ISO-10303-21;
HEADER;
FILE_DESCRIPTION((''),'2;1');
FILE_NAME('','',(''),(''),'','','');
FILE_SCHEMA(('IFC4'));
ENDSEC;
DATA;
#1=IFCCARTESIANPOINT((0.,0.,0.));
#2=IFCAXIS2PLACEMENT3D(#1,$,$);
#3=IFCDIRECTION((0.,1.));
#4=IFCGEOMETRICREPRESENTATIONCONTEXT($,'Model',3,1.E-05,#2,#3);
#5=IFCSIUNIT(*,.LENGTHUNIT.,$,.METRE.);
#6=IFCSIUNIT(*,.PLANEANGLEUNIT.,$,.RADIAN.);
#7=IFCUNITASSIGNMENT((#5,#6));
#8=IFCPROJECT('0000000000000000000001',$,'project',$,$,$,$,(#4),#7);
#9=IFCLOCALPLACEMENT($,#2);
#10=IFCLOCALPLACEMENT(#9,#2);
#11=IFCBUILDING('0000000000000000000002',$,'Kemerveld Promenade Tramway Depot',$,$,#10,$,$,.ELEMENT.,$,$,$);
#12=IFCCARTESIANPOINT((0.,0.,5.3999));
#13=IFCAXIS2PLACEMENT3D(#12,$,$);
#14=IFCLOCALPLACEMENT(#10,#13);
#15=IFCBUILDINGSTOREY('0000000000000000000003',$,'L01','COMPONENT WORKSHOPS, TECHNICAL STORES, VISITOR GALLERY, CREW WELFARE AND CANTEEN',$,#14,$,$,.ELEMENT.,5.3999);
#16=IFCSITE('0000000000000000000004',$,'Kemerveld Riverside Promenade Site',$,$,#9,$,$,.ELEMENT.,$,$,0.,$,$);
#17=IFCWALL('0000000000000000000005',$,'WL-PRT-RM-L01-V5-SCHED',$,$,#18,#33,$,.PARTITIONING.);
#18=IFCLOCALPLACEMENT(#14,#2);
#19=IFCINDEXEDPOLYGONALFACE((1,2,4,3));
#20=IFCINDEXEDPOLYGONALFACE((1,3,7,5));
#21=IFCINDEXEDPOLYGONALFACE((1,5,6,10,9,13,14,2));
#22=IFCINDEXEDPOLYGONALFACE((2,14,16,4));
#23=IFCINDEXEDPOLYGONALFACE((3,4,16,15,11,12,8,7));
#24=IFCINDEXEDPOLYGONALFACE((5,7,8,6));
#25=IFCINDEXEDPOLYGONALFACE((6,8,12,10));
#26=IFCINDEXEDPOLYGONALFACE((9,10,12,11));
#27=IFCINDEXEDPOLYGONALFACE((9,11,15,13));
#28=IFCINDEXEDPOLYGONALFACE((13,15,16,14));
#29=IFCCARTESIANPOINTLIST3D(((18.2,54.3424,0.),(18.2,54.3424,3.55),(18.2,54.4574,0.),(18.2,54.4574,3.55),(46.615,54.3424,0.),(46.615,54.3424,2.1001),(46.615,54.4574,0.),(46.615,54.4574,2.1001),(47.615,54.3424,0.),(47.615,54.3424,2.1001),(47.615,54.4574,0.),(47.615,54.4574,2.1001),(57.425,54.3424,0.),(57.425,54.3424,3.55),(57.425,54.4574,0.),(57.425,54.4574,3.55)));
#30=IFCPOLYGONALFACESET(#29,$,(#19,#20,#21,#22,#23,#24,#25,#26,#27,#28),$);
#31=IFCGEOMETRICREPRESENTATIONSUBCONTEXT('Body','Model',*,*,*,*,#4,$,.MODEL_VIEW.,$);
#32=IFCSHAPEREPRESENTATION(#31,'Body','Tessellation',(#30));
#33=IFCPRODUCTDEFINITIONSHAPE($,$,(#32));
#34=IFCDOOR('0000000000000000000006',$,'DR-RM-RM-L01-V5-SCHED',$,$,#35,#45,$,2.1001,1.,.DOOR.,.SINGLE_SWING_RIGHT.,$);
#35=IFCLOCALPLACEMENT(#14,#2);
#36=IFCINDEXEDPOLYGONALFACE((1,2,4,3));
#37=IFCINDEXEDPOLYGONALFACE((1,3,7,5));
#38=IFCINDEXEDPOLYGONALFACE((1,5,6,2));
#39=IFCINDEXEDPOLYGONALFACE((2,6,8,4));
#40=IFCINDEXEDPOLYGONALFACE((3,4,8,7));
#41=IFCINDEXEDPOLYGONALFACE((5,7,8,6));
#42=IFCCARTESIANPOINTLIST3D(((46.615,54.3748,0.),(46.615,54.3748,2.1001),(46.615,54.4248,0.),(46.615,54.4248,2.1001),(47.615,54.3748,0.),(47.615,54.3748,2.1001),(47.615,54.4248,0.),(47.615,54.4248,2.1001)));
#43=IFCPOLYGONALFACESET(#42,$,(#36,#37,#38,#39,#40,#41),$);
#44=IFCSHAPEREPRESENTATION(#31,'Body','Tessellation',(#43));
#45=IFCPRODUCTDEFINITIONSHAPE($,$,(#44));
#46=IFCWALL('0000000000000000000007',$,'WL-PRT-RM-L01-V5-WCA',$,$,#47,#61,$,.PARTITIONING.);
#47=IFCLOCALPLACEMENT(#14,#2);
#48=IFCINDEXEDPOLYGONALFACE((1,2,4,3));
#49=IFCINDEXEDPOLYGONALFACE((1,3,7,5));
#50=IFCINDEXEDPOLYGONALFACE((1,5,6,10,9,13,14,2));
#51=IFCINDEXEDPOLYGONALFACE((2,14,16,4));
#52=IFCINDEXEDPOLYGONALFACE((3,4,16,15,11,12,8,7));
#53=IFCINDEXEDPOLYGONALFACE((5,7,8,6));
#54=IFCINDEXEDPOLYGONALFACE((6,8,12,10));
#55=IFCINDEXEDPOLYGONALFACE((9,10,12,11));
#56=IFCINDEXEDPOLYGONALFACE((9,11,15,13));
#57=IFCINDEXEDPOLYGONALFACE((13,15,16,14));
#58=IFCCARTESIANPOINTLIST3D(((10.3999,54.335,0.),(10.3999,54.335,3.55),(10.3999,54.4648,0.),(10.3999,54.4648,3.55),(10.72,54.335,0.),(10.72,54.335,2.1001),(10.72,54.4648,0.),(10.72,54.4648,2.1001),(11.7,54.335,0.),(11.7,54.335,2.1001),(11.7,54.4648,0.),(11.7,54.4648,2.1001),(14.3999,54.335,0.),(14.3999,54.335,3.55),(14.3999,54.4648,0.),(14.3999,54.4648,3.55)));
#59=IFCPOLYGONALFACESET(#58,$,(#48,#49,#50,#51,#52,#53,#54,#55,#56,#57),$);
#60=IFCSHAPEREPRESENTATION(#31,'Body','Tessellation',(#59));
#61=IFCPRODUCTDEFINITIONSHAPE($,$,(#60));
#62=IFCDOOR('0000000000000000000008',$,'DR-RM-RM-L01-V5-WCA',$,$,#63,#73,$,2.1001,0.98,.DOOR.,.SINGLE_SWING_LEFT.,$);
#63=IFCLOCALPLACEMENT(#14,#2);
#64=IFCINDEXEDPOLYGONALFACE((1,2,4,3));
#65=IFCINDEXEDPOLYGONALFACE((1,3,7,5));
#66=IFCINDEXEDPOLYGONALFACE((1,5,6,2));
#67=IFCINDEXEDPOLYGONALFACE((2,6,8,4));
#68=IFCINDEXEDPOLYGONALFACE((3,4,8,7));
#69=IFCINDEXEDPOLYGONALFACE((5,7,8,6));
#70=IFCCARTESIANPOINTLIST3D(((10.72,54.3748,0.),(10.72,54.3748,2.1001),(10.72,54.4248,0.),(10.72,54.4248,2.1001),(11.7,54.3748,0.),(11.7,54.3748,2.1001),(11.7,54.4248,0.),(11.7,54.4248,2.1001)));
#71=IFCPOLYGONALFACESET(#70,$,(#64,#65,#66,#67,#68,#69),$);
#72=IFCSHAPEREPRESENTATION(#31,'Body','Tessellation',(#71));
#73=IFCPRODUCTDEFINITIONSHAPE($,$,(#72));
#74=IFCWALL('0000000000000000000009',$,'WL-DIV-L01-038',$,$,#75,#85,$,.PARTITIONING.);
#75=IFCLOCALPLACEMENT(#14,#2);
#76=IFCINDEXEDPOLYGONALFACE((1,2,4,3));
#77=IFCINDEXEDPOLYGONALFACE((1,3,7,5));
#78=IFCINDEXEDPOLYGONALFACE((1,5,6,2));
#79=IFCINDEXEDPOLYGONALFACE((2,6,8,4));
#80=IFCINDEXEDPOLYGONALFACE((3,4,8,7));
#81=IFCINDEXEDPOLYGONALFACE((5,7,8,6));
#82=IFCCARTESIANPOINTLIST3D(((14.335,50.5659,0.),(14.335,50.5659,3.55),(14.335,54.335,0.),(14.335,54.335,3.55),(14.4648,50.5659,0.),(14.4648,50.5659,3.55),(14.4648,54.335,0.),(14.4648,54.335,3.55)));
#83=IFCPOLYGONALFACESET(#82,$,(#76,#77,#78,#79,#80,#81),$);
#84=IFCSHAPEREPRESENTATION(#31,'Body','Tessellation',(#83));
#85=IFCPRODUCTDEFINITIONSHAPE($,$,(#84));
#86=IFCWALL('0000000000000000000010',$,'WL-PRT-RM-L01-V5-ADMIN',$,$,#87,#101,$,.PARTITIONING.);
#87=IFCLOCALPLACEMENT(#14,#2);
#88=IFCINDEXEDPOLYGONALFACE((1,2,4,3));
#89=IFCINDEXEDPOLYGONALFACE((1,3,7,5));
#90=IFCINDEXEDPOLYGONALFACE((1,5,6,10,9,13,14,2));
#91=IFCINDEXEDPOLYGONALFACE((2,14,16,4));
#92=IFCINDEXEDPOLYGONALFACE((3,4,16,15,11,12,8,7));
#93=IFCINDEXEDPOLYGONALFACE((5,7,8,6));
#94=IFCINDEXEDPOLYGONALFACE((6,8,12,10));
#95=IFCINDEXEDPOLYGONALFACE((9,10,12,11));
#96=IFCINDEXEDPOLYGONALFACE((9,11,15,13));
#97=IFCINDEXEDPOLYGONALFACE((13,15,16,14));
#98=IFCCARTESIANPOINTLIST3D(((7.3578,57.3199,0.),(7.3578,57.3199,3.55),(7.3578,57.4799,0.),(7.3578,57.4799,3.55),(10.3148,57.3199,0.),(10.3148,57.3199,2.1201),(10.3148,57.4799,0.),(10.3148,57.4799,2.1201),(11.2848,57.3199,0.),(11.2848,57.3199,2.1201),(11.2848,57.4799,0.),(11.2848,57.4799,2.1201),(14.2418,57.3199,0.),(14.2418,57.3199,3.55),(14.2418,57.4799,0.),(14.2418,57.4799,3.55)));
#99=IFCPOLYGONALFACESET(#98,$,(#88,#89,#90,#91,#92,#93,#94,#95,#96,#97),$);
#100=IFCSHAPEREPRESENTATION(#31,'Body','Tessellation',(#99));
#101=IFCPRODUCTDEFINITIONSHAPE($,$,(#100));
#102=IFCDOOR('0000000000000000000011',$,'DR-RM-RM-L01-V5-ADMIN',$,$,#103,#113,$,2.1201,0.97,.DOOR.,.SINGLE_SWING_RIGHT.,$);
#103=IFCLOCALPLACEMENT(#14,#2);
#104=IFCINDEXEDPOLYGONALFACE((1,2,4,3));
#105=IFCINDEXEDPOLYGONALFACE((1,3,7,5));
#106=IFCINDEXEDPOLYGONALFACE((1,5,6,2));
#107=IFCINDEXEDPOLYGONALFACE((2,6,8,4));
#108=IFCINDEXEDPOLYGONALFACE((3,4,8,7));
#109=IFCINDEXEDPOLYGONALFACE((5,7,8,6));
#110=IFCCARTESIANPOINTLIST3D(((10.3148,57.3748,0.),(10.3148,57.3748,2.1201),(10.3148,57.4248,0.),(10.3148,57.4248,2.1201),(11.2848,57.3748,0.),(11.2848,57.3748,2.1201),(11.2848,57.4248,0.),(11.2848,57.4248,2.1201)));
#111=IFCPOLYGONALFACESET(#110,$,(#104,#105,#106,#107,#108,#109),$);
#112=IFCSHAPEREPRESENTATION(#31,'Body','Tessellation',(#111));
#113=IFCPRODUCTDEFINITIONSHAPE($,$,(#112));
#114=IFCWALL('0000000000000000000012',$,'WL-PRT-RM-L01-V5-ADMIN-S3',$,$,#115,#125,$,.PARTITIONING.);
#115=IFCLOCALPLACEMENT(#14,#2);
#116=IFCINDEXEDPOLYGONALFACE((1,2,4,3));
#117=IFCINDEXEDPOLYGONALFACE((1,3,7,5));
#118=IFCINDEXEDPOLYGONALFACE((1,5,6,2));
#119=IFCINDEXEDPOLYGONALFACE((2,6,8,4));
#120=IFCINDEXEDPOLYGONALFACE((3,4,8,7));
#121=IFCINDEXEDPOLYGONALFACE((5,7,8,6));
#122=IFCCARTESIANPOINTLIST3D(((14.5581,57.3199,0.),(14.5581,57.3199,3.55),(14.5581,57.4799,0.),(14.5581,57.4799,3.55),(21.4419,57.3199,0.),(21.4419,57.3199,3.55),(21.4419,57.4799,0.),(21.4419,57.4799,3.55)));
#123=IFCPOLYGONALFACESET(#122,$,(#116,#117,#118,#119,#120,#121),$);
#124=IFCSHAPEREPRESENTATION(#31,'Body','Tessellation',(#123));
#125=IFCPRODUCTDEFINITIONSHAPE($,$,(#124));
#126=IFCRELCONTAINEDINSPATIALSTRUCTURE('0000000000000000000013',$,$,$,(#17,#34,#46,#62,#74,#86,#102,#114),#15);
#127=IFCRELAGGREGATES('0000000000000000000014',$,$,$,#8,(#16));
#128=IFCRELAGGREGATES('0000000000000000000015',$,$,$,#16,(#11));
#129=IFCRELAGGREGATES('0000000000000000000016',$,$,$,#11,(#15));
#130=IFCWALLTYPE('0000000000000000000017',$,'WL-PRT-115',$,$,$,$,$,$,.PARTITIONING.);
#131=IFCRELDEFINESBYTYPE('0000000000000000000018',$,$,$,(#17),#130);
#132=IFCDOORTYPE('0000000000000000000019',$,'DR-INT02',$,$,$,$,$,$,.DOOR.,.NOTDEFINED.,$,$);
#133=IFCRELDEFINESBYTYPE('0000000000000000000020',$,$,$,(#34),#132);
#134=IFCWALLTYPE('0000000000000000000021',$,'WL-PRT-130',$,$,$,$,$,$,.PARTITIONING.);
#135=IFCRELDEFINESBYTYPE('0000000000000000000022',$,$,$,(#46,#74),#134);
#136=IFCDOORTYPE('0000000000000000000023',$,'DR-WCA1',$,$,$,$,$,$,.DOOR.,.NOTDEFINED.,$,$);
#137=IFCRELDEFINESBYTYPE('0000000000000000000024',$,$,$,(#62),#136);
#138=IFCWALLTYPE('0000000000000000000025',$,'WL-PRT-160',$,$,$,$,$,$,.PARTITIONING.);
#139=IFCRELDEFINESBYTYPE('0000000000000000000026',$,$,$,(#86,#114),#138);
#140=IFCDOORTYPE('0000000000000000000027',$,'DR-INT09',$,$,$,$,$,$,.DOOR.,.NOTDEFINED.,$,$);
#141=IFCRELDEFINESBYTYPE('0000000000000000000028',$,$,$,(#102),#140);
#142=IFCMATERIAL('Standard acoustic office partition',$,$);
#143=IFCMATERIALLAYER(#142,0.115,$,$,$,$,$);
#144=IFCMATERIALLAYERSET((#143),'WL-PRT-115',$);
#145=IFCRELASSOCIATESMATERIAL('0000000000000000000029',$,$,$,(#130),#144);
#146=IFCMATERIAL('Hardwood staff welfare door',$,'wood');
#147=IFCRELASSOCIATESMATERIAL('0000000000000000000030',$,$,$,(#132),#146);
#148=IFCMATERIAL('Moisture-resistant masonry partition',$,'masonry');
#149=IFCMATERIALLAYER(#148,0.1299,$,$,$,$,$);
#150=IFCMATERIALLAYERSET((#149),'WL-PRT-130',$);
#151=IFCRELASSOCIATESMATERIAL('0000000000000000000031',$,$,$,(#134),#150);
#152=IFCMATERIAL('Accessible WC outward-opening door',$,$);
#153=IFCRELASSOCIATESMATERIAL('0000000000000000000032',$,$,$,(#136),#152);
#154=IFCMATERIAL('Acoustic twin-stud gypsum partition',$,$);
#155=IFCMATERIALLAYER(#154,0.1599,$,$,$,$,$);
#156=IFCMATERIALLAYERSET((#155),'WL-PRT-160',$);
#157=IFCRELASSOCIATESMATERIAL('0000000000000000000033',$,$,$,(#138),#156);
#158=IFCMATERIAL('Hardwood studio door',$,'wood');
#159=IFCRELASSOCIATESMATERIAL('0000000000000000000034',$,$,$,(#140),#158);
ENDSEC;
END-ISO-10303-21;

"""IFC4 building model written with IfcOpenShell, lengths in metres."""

from ifc_helpers import new_model, si_unit, direction, frame, frame_2d, origin, place, context, subcontext, project, spatial, rectangle, extrude, material, layer, layer_set, type_object, element, fill, save


model = new_model("IFC4")

# Units and contexts
model_context = context("Model", 3, precision=1e-05, world=origin(), true_north=direction((0.0, 1.0)))
body_context = subcontext(model_context, "Body", "Model", "MODEL_VIEW")
ifc_project = project(units=[si_unit("LENGTHUNIT", "METRE"), si_unit("PLANEANGLEUNIT", "RADIAN")], contexts=[model_context])

# Site, building, storey
site_placement = place(None, origin())
site = spatial("IfcSite", under=ifc_project, at=site_placement, Name="Kemerveld Riverside Promenade Site", CompositionType="ELEMENT", RefElevation=0.0)
building_placement = place(site_placement, origin())
building = spatial("IfcBuilding", under=site, at=building_placement, Name="Kemerveld Promenade Tramway Depot", CompositionType="ELEMENT")
storey_placement = place(building_placement, frame((0.0, 0.0, 5.3999)))
storey = spatial("IfcBuildingStorey", under=building, at=storey_placement, Name="L01", Description="COMPONENT WORKSHOPS, TECHNICAL STORES, VISITOR GALLERY, CREW WELFARE AND CANTEEN", CompositionType="ELEMENT", Elevation=5.3999)

# Walls, openings, doors
ifc_material_1 = material(Name="Standard acoustic office partition")
ifc_layer_1 = layer(ifc_material_1, 0.115)
ifc_layer_set_1 = layer_set([ifc_layer_1], Name="WL-PRT-115")
wall_type_1 = type_object("IfcWallType", Name="WL-PRT-115", PredefinedType="PARTITIONING", material=ifc_layer_set_1)
wall_1_placement = place(storey_placement, frame((18.2, 54.3999, 0.0), z_axis=(0.0, 0.0, 1.0), x_axis=(1.0, 0.0, 0.0)))
wall_1 = element("IfcWall", 1, at=wall_1_placement, inside=storey, type_object=wall_type_1, Name="WL-PRT-RM-L01-V5-SCHED", PredefinedType="PARTITIONING", context=body_context, shape_type="SweptSolid", body=[
    extrude(rectangle(XDim=39.2251, YDim=0.115, at=frame_2d((19.6125, 0.0))), origin(), (0.0, 0.0, 1.0), 3.55),
])
opening_1_placement = place(wall_1_placement, frame((28.415, 0.0, 0.0)))
opening_1 = element("IfcOpeningElement", 2, at=opening_1_placement, cuts=wall_1, PredefinedType="OPENING", context=body_context, shape_type="SweptSolid", body=[
    extrude(rectangle(XDim=1.0, YDim=2.1001, at=frame_2d((0.5, 1.05))), frame((0.0, 0.0674, 0.0), z_axis=(0.0, -1.0, 0.0), x_axis=(1.0, 0.0, 0.0)), (0.0, 0.0, 1.0), 0.135),
])
ifc_material_2 = material(Name="Hardwood staff welfare door", Category="wood")
door_type_1 = type_object("IfcDoorType", Name="DR-INT02", OperationType="NOTDEFINED", PredefinedType="DOOR", material=ifc_material_2)
door_1_placement = place(opening_1_placement, origin())
door_1 = element("IfcDoor", 3, at=door_1_placement, inside=storey, type_object=door_type_1, Name="DR-RM-RM-L01-V5-SCHED", OperationType="SINGLE_SWING_RIGHT", OverallHeight=2.1001, OverallWidth=1.0, PredefinedType="DOOR", context=body_context, shape_type="SweptSolid", body=[
    extrude(rectangle(XDim=1.0, YDim=2.1001, at=frame_2d((0.5, 1.05))), frame((0.0, 0.0249, 0.0), z_axis=(0.0, -1.0, 0.0), x_axis=(1.0, 0.0, 0.0)), (0.0, 0.0, 1.0), 0.05),
])
fill(opening_1, door_1)
ifc_material_3 = material(Name="Moisture-resistant masonry partition", Category="masonry")
ifc_layer_2 = layer(ifc_material_3, 0.1299)
ifc_layer_set_2 = layer_set([ifc_layer_2], Name="WL-PRT-130")
wall_type_2 = type_object("IfcWallType", Name="WL-PRT-130", PredefinedType="PARTITIONING", material=ifc_layer_set_2)
wall_2_placement = place(storey_placement, frame((10.3999, 54.3999, 0.0), z_axis=(0.0, 0.0, 1.0), x_axis=(1.0, 0.0, 0.0)))
wall_2 = element("IfcWall", 4, at=wall_2_placement, inside=storey, type_object=wall_type_2, Name="WL-PRT-RM-L01-V5-WCA", PredefinedType="PARTITIONING", context=body_context, shape_type="SweptSolid", body=[
    extrude(rectangle(XDim=4.0, YDim=0.1299, at=frame_2d((2.0, 0.0))), origin(), (0.0, 0.0, 1.0), 3.55),
])
opening_2_placement = place(wall_2_placement, frame((0.3201, 0.0, 0.0)))
opening_2 = element("IfcOpeningElement", 5, at=opening_2_placement, cuts=wall_2, PredefinedType="OPENING", context=body_context, shape_type="SweptSolid", body=[
    extrude(rectangle(XDim=0.98, YDim=2.1001, at=frame_2d((0.49, 1.05))), frame((0.0, 0.075, 0.0), z_axis=(0.0, -1.0, 0.0), x_axis=(1.0, 0.0, 0.0)), (0.0, 0.0, 1.0), 0.1499),
])
ifc_material_4 = material(Name="Accessible WC outward-opening door")
door_type_2 = type_object("IfcDoorType", Name="DR-WCA1", OperationType="NOTDEFINED", PredefinedType="DOOR", material=ifc_material_4)
door_2_placement = place(opening_2_placement, origin())
door_2 = element("IfcDoor", 6, at=door_2_placement, inside=storey, type_object=door_type_2, Name="DR-RM-RM-L01-V5-WCA", OperationType="SINGLE_SWING_LEFT", OverallHeight=2.1001, OverallWidth=0.98, PredefinedType="DOOR", context=body_context, shape_type="SweptSolid", body=[
    extrude(rectangle(XDim=0.98, YDim=2.1001, at=frame_2d((0.49, 1.05))), frame((0.0, 0.0249, 0.0), z_axis=(0.0, -1.0, 0.0), x_axis=(1.0, 0.0, 0.0)), (0.0, 0.0, 1.0), 0.05),
])
fill(opening_2, door_2)

# Wall
wall_3_placement = place(storey_placement, frame((14.3999, 50.5659, 0.0), z_axis=(0.0, 0.0, 1.0), x_axis=(0.0, 1.0, 0.0)))
element("IfcWall", 7, at=wall_3_placement, inside=storey, type_object=wall_type_2, Name="WL-DIV-L01-038", PredefinedType="PARTITIONING", context=body_context, shape_type="SweptSolid", body=[
    extrude(rectangle(XDim=3.769, YDim=0.1299, at=frame_2d((1.8845, 0.0))), origin(), (0.0, 0.0, 1.0), 3.55),
])

# Wall, opening, door
ifc_material_5 = material(Name="Acoustic twin-stud gypsum partition")
ifc_layer_3 = layer(ifc_material_5, 0.1599)
ifc_layer_set_3 = layer_set([ifc_layer_3], Name="WL-PRT-160")
wall_type_3 = type_object("IfcWallType", Name="WL-PRT-160", PredefinedType="PARTITIONING", material=ifc_layer_set_3)
wall_4_placement = place(storey_placement, frame((7.3579, 57.3999, 0.0), z_axis=(0.0, 0.0, 1.0), x_axis=(1.0, 0.0, 0.0)))
wall_4 = element("IfcWall", 8, at=wall_4_placement, inside=storey, type_object=wall_type_3, Name="WL-PRT-RM-L01-V5-ADMIN", PredefinedType="PARTITIONING", context=body_context, shape_type="SweptSolid", body=[
    extrude(rectangle(XDim=6.884, YDim=0.1599, at=frame_2d((3.4419, 0.0))), origin(), (0.0, 0.0, 1.0), 3.55),
])
opening_3_placement = place(wall_4_placement, frame((2.957, 0.0, 0.0)))
opening_3 = element("IfcOpeningElement", 9, at=opening_3_placement, cuts=wall_4, PredefinedType="OPENING", context=body_context, shape_type="SweptSolid", body=[
    extrude(rectangle(XDim=0.97, YDim=2.1201, at=frame_2d((0.4849, 1.0601))), frame((0.0, 0.0898, 0.0), z_axis=(0.0, -1.0, 0.0), x_axis=(1.0, 0.0, 0.0)), (0.0, 0.0, 1.0), 0.1799),
])
ifc_material_6 = material(Name="Hardwood studio door", Category="wood")
door_type_3 = type_object("IfcDoorType", Name="DR-INT09", OperationType="NOTDEFINED", PredefinedType="DOOR", material=ifc_material_6)
door_3_placement = place(opening_3_placement, origin())
door_3 = element("IfcDoor", 10, at=door_3_placement, inside=storey, type_object=door_type_3, Name="DR-RM-RM-L01-V5-ADMIN", OperationType="SINGLE_SWING_RIGHT", OverallHeight=2.1201, OverallWidth=0.97, PredefinedType="DOOR", context=body_context, shape_type="SweptSolid", body=[
    extrude(rectangle(XDim=0.97, YDim=2.1201, at=frame_2d((0.4849, 1.0601))), frame((0.0, 0.0249, 0.0), z_axis=(0.0, -1.0, 0.0), x_axis=(1.0, 0.0, 0.0)), (0.0, 0.0, 1.0), 0.05),
])
fill(opening_3, door_3)

# Wall
wall_5_placement = place(storey_placement, frame((14.5581, 57.3999, 0.0), z_axis=(0.0, 0.0, 1.0), x_axis=(1.0, 0.0, 0.0)))
element("IfcWall", 11, at=wall_5_placement, inside=storey, type_object=wall_type_3, Name="WL-PRT-RM-L01-V5-ADMIN-S3", PredefinedType="PARTITIONING", context=body_context, shape_type="SweptSolid", body=[
    extrude(rectangle(XDim=6.8838, YDim=0.1599, at=frame_2d((3.4419, 0.0))), origin(), (0.0, 0.0, 1.0), 3.55),
])

save(model, "model.ifc")
